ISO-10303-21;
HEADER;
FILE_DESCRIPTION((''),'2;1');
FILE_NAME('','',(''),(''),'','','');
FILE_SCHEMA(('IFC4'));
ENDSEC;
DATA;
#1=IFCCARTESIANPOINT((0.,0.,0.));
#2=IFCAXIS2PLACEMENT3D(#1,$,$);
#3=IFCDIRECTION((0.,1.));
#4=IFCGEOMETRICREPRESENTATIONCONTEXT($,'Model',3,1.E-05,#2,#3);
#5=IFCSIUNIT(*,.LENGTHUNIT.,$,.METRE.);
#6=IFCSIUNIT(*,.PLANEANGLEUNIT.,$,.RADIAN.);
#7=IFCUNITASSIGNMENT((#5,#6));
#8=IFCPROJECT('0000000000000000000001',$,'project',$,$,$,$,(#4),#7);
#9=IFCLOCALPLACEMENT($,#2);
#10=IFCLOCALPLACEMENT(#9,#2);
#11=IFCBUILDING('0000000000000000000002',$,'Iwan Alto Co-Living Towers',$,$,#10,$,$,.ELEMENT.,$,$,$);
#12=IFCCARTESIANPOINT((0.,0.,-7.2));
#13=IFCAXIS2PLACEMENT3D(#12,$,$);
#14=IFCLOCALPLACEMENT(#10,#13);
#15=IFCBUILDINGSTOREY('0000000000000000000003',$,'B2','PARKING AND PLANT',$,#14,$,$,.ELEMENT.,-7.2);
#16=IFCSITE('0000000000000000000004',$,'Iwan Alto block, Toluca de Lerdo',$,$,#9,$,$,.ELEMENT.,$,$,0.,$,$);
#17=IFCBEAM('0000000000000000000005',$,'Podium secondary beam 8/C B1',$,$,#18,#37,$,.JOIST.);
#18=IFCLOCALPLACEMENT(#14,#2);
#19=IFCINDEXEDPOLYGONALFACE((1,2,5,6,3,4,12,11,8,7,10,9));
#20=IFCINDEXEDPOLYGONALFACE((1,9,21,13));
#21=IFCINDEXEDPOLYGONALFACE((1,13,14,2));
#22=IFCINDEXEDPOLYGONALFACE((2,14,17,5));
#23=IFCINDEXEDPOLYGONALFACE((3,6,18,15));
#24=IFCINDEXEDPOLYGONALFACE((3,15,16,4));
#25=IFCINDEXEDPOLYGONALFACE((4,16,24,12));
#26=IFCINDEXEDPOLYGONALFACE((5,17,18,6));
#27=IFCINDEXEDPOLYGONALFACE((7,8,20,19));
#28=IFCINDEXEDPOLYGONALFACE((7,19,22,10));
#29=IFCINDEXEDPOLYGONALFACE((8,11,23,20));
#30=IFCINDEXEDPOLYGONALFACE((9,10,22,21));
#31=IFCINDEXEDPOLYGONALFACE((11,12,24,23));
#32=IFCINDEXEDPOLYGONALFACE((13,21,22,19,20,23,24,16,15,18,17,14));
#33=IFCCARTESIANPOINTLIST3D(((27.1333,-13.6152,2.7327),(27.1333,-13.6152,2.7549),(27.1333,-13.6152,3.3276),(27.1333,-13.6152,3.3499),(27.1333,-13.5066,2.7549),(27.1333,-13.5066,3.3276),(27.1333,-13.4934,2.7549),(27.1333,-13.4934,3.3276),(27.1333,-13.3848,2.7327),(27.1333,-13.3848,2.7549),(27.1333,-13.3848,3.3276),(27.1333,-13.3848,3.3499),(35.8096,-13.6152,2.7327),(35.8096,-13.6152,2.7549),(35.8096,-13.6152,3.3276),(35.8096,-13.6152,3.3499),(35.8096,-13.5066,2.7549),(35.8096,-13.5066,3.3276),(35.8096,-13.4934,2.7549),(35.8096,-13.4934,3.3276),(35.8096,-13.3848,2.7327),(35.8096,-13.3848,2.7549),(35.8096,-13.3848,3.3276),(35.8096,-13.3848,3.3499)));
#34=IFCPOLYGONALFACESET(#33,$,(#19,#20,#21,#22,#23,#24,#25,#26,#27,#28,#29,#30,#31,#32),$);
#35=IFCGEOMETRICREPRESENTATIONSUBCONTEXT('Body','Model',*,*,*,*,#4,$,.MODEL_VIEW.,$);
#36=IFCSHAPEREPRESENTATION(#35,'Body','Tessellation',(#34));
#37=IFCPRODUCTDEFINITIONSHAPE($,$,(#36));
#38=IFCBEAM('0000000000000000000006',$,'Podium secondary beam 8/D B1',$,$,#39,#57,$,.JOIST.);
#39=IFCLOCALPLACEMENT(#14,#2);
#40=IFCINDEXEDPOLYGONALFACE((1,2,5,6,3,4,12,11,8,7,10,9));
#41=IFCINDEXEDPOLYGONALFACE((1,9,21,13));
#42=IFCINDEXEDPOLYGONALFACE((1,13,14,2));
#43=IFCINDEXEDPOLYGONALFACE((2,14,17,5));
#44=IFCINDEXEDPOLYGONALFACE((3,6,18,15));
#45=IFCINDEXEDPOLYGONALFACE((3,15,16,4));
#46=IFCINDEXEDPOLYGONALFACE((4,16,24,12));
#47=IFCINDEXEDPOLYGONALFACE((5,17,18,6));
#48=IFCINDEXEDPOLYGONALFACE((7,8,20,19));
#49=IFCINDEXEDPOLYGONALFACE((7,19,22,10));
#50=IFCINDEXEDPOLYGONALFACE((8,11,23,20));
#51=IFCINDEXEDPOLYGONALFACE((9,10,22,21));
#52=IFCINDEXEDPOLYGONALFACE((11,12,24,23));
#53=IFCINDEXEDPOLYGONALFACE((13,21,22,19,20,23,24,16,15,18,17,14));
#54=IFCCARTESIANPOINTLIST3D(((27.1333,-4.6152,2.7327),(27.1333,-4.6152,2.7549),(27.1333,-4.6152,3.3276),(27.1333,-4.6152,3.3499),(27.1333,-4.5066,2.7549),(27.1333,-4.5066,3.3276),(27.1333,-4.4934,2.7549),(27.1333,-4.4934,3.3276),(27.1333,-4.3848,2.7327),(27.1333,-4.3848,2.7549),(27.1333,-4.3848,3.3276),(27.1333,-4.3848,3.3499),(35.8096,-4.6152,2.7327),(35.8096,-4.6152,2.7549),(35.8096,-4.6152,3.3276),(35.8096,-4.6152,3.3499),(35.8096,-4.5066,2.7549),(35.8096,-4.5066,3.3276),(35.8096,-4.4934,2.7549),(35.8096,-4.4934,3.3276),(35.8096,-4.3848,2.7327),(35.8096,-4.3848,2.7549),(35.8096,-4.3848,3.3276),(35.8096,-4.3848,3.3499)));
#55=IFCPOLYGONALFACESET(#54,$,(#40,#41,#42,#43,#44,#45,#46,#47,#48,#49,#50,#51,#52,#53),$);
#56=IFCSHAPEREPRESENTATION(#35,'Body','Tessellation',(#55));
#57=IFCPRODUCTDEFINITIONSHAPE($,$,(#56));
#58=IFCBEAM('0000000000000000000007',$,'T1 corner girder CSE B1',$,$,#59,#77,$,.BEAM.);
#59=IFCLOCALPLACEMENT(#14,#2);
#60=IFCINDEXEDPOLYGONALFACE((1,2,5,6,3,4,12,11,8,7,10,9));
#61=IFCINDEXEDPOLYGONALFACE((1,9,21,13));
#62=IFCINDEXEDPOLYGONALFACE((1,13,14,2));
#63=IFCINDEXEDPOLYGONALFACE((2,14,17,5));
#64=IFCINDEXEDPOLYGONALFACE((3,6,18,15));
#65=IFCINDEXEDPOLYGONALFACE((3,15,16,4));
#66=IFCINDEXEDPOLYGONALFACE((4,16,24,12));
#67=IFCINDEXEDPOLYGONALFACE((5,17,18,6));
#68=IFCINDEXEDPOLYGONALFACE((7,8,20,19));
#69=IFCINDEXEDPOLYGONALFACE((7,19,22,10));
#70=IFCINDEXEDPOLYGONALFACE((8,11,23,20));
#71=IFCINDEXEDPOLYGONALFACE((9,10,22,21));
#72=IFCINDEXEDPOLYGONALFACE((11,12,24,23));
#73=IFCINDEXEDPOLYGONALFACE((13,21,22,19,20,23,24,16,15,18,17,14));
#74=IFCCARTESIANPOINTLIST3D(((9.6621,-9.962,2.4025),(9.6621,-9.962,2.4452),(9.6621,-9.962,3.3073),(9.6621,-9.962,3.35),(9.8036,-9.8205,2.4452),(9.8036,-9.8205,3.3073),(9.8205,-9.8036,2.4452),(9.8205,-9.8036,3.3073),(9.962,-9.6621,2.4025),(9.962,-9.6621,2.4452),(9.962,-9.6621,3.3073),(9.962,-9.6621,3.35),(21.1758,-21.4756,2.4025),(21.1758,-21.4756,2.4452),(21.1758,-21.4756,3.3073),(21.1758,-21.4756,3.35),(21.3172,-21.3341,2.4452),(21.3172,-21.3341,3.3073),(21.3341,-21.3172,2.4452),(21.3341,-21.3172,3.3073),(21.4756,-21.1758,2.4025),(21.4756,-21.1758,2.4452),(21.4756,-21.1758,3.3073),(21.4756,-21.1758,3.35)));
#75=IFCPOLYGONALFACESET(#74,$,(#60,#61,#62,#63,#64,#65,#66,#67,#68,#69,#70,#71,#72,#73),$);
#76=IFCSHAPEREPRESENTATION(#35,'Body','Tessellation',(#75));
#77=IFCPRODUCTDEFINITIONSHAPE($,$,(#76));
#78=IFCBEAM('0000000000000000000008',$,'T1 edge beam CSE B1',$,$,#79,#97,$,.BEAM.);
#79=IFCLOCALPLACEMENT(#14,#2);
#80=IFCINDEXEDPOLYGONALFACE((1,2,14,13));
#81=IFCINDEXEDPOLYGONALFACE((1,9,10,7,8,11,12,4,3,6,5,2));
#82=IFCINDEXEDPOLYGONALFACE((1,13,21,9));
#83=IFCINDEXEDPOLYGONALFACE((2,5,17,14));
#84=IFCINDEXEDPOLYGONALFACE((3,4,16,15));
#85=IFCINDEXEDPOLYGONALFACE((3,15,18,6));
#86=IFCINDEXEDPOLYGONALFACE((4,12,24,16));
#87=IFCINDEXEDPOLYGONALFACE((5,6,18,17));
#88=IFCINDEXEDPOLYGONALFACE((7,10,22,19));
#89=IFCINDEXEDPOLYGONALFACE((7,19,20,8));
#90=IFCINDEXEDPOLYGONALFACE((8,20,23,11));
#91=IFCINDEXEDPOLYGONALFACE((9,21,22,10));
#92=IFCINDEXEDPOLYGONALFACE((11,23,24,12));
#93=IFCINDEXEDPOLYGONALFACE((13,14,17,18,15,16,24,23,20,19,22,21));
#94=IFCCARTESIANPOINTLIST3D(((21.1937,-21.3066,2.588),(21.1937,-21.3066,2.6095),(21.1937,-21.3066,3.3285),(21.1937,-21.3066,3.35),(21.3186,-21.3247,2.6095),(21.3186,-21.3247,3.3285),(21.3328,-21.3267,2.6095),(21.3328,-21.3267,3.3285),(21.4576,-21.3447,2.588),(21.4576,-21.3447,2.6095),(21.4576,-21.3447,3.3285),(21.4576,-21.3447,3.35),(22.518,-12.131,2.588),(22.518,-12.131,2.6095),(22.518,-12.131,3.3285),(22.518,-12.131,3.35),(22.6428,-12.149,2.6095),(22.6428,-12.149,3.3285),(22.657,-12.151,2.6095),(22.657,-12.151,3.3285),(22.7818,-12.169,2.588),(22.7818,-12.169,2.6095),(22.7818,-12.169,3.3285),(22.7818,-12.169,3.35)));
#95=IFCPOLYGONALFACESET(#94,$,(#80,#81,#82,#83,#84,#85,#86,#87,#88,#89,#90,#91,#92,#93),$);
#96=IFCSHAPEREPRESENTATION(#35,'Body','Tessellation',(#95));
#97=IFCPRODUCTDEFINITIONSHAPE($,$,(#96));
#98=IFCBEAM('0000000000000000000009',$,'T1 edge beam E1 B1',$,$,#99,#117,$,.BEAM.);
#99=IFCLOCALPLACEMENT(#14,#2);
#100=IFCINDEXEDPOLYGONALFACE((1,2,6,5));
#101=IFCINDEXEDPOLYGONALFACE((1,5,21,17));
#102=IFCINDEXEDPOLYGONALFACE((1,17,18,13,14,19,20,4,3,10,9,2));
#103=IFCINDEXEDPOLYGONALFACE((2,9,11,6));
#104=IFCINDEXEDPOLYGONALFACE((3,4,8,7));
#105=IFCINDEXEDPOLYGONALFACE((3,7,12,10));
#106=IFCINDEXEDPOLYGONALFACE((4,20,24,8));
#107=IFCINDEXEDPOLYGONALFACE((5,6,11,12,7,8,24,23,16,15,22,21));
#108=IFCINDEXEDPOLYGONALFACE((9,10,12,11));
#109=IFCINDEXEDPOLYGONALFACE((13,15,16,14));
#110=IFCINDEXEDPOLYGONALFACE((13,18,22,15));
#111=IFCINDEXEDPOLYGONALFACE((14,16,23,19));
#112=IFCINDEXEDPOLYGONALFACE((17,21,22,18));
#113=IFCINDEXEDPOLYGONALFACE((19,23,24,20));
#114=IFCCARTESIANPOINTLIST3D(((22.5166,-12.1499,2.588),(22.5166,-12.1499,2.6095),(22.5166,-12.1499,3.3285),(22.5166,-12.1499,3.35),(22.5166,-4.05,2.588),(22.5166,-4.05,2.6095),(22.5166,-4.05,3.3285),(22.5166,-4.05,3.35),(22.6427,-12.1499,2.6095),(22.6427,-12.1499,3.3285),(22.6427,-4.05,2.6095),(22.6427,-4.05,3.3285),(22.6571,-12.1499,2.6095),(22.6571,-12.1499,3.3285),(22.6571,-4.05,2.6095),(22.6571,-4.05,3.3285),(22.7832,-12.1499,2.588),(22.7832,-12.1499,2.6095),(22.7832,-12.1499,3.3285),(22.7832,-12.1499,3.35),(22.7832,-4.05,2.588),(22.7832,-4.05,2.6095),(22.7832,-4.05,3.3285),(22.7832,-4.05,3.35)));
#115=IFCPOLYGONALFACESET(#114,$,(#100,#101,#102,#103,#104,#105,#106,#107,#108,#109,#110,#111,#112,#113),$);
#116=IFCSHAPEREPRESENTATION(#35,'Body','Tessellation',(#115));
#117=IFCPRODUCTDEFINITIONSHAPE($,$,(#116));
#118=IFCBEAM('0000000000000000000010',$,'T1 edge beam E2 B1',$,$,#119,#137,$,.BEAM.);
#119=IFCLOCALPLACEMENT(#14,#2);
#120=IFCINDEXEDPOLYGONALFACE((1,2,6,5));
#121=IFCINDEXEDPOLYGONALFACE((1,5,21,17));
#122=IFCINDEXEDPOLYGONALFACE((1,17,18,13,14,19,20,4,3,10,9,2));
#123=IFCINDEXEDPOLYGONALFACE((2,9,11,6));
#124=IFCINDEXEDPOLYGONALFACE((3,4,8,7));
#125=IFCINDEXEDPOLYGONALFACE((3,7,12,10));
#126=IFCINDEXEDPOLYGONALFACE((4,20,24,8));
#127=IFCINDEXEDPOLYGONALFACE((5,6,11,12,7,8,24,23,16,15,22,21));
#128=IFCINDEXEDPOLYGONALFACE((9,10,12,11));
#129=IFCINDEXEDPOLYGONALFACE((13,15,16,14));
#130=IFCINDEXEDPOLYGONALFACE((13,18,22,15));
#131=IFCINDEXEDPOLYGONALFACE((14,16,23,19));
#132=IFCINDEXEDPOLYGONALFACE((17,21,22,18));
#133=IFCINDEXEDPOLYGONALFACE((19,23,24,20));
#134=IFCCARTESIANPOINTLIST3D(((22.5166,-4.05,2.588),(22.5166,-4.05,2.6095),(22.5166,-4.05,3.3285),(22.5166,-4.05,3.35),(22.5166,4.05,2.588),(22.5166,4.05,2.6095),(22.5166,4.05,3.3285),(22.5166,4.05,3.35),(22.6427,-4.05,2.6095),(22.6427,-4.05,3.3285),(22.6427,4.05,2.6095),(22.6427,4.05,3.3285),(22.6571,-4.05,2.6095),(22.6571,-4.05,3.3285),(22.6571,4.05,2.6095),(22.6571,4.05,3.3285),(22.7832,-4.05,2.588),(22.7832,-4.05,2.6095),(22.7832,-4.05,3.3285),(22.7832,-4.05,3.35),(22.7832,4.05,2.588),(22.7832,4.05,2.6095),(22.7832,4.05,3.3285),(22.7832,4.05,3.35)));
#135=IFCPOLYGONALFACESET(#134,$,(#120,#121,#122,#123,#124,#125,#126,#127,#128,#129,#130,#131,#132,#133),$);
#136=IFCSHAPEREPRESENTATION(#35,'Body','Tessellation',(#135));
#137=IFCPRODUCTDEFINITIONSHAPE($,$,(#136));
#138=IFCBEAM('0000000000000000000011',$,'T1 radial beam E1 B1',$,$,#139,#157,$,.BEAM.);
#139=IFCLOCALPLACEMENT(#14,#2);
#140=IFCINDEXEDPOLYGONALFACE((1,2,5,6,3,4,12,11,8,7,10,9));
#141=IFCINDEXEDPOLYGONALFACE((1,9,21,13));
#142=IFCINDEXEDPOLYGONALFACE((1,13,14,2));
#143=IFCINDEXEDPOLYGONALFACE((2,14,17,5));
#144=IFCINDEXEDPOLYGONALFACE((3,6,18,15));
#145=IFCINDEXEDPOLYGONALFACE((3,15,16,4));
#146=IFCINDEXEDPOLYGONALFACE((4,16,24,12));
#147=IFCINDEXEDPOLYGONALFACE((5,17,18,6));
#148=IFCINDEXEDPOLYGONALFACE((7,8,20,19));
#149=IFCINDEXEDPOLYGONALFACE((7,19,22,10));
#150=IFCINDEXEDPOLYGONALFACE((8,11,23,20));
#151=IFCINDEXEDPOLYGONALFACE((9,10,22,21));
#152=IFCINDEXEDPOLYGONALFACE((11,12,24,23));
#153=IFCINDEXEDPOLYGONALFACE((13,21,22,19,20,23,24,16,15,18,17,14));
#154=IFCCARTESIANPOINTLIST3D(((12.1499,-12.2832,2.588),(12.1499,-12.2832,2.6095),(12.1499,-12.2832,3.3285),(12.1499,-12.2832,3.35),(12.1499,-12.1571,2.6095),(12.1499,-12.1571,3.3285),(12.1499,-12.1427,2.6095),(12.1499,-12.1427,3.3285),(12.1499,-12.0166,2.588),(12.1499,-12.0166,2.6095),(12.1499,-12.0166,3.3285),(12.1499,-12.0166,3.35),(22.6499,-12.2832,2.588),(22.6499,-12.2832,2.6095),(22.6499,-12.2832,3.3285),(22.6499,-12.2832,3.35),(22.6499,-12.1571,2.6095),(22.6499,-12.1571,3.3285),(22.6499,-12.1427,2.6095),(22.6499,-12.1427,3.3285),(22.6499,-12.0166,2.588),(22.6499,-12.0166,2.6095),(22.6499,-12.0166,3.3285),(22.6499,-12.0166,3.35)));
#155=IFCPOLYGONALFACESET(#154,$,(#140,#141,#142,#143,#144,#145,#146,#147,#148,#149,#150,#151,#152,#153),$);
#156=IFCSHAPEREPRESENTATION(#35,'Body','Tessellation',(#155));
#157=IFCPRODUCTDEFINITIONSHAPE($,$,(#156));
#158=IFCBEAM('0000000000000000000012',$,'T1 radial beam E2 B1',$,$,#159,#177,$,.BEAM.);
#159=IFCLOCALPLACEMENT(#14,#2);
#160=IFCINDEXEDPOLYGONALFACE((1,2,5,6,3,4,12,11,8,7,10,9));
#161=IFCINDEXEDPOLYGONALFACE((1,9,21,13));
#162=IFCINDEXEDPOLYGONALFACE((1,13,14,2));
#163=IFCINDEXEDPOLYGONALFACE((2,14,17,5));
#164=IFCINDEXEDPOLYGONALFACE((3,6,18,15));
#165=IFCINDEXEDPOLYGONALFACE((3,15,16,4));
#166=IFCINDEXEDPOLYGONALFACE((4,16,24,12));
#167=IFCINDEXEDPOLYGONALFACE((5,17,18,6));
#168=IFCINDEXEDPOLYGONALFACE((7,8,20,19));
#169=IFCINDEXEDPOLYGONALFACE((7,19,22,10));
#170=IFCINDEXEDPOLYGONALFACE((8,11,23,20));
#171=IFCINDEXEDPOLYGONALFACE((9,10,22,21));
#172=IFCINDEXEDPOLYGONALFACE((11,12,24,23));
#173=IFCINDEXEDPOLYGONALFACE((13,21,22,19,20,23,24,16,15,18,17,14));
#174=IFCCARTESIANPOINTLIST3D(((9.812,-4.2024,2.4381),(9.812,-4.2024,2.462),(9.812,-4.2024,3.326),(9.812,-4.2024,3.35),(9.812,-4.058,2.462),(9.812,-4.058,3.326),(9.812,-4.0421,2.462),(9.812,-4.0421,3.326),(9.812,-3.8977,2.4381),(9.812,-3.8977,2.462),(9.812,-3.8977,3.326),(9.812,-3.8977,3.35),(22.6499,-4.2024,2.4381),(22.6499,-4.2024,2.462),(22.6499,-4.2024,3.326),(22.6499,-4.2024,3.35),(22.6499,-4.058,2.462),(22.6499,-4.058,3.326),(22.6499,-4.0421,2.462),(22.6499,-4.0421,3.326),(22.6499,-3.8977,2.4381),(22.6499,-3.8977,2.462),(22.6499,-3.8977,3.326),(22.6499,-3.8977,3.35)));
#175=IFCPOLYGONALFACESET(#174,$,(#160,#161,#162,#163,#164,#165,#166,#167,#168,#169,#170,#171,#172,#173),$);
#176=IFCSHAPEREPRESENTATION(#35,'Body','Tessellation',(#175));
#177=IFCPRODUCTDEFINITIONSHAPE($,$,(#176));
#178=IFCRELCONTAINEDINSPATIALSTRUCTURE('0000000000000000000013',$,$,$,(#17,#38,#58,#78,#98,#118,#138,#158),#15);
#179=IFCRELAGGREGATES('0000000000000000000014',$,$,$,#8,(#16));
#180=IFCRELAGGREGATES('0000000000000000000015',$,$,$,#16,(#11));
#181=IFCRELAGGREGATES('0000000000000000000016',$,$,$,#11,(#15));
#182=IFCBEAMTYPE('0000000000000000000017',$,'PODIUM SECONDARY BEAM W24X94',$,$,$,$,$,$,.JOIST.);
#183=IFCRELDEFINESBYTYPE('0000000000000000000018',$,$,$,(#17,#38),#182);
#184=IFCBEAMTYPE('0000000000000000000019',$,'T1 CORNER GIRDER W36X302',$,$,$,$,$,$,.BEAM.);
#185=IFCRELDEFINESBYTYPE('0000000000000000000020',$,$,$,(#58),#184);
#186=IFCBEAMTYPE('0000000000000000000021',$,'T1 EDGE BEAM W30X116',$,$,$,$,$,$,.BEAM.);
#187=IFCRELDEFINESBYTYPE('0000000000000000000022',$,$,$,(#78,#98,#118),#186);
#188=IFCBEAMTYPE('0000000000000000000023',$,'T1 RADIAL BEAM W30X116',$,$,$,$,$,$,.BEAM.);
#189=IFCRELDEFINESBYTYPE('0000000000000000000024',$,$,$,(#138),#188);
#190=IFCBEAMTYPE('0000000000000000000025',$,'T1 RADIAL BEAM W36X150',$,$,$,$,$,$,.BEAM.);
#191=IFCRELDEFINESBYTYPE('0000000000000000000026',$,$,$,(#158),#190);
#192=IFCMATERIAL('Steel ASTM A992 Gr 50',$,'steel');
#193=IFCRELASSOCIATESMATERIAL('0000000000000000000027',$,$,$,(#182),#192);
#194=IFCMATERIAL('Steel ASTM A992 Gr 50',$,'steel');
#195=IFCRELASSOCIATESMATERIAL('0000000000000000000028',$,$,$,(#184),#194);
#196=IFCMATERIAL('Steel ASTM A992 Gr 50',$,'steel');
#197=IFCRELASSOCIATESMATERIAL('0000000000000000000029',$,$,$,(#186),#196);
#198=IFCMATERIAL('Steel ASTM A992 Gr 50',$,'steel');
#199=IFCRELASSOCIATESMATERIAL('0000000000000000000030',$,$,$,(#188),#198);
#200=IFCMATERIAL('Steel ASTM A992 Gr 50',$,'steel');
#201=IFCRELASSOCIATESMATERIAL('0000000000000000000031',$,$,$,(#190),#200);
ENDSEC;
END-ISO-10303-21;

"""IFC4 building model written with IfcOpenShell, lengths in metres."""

from ifc_helpers import new_model, si_unit, direction, frame, origin, origin_2d, place, context, subcontext, project, spatial, i_section, extrude, material, material_profile, profile_set, type_object, element, save


model = new_model("IFC4")

# Units and contexts
model_context = context("Model", 3, precision=1e-05, world=origin(), true_north=direction((0.0, 1.0)))
body_context = subcontext(model_context, "Body", "Model", "MODEL_VIEW")
ifc_project = project(units=[si_unit("LENGTHUNIT", "METRE"), si_unit("PLANEANGLEUNIT", "RADIAN")], contexts=[model_context])

# Site, building, storey
site_placement = place(None, origin())
site = spatial("IfcSite", under=ifc_project, at=site_placement, Name="Iwan Alto block, Toluca de Lerdo", CompositionType="ELEMENT", RefElevation=0.0)
building_placement = place(site_placement, origin())
building = spatial("IfcBuilding", under=site, at=building_placement, Name="Iwan Alto Co-Living Towers", CompositionType="ELEMENT")
storey_placement = place(building_placement, frame((0.0, 0.0, -7.2)))
storey = spatial("IfcBuildingStorey", under=building, at=storey_placement, Name="B2", Description="PARKING AND PLANT", CompositionType="ELEMENT", Elevation=-7.2)

# Beams
ifc_material_1 = material(Name="Steel ASTM A992 Gr 50", Category="steel")
ifc_material_profile_1 = material_profile(ifc_material_1, i_section(OverallWidth=0.2305, OverallDepth=0.6172, WebThickness=0.0132, FlangeThickness=0.0222, at=origin_2d()), Name="W24X94")
ifc_profile_set_1 = profile_set([ifc_material_profile_1], Name="Steel ASTM A992 Gr 50")
beam_type_1 = type_object("IfcBeamType", Name="PODIUM SECONDARY BEAM W24X94", PredefinedType="JOIST", material=ifc_profile_set_1)
for number, where, z_axis, x_axis, name in (
    (1, (27.1333, -13.5, 3.0413), (1.0, 0.0, 0.0), (0.0, 1.0, 0.0), "Podium secondary beam 8/C B1"),
    (2, (27.1333, -4.5, 3.0413), (1.0, 0.0, 0.0), (0.0, 1.0, 0.0), "Podium secondary beam 8/D B1"),
):
    element("IfcBeam", number, at=place(storey_placement, frame(where, z_axis=z_axis, x_axis=x_axis)), inside=storey, type_object=beam_type_1, Name=name, PredefinedType="JOIST", context=body_context, shape_type="SweptSolid", body=[
        extrude(i_section(OverallWidth=0.2305, OverallDepth=0.6172, WebThickness=0.0132, FlangeThickness=0.0222, at=origin_2d()), origin(), (0.0, 0.0, 1.0), 8.6763),
    ])
ifc_material_2 = material(Name="Steel ASTM A992 Gr 50", Category="steel")
ifc_material_profile_2 = material_profile(ifc_material_2, i_section(OverallWidth=0.4241, OverallDepth=0.9475, WebThickness=0.0239, FlangeThickness=0.0427, at=origin_2d()), Name="W36X302")
ifc_profile_set_2 = profile_set([ifc_material_profile_2], Name="Steel ASTM A992 Gr 50")
beam_type_2 = type_object("IfcBeamType", Name="T1 CORNER GIRDER W36X302", PredefinedType="BEAM", material=ifc_profile_set_2)
beam_1_placement = place(storey_placement, frame((21.3257, -21.3257, 2.8762), z_axis=(-0.707107, 0.707107, 0.0), x_axis=(-0.707107, -0.707107, 0.0)))
element("IfcBeam", 3, at=beam_1_placement, inside=storey, type_object=beam_type_2, Name="T1 corner girder CSE B1", PredefinedType="BEAM", context=body_context, shape_type="SweptSolid", body=[
    extrude(i_section(OverallWidth=0.4241, OverallDepth=0.9475, WebThickness=0.0239, FlangeThickness=0.0427, at=origin_2d()), origin(), (0.0, 0.0, 1.0), 16.2827),
])
ifc_material_3 = material(Name="Steel ASTM A992 Gr 50", Category="steel")
ifc_material_profile_3 = material_profile(ifc_material_3, i_section(OverallWidth=0.2666, OverallDepth=0.762, WebThickness=0.0144, FlangeThickness=0.0215, at=origin_2d()), Name="W30X116")
ifc_profile_set_3 = profile_set([ifc_material_profile_3], Name="Steel ASTM A992 Gr 50")
beam_type_3 = type_object("IfcBeamType", Name="T1 EDGE BEAM W30X116", PredefinedType="BEAM", material=ifc_profile_set_3)
beam_2_placement = place(storey_placement, frame((21.3257, -21.3257, 2.969), z_axis=(0.142837, 0.989746, 0.0), x_axis=(-0.989746, 0.142837, 0.0)))
element("IfcBeam", 4, at=beam_2_placement, inside=storey, type_object=beam_type_3, Name="T1 edge beam CSE B1", PredefinedType="BEAM", context=body_context, shape_type="SweptSolid", body=[
    extrude(i_section(OverallWidth=0.2666, OverallDepth=0.762, WebThickness=0.0144, FlangeThickness=0.0215, at=origin_2d()), origin(), (0.0, 0.0, 1.0), 9.2708),
])
beam_3_placement = place(storey_placement, frame((22.6499, -12.1499, 2.969), z_axis=(0.0, 1.0, 0.0), x_axis=(-1.0, 0.0, 0.0)))
element("IfcBeam", 5, at=beam_3_placement, inside=storey, type_object=beam_type_3, Name="T1 edge beam E1 B1", PredefinedType="BEAM", context=body_context, shape_type="SweptSolid", body=[
    extrude(i_section(OverallWidth=0.2666, OverallDepth=0.762, WebThickness=0.0144, FlangeThickness=0.0215, at=origin_2d()), origin(), (0.0, 0.0, 1.0), 8.0999),
])
beam_4_placement = place(storey_placement, frame((22.6499, -4.05, 2.969), z_axis=(0.0, 1.0, 0.0), x_axis=(-1.0, 0.0, 0.0)))
element("IfcBeam", 6, at=beam_4_placement, inside=storey, type_object=beam_type_3, Name="T1 edge beam E2 B1", PredefinedType="BEAM", context=body_context, shape_type="SweptSolid", body=[
    extrude(i_section(OverallWidth=0.2666, OverallDepth=0.762, WebThickness=0.0144, FlangeThickness=0.0215, at=origin_2d()), origin(), (0.0, 0.0, 1.0), 8.1001),
])
ifc_material_4 = material(Name="Steel ASTM A992 Gr 50", Category="steel")
ifc_material_profile_4 = material_profile(ifc_material_4, i_section(OverallWidth=0.2666, OverallDepth=0.762, WebThickness=0.0144, FlangeThickness=0.0215, at=origin_2d()), Name="W30X116")
ifc_profile_set_4 = profile_set([ifc_material_profile_4], Name="Steel ASTM A992 Gr 50")
beam_type_4 = type_object("IfcBeamType", Name="T1 RADIAL BEAM W30X116", PredefinedType="BEAM", material=ifc_profile_set_4)
beam_5_placement = place(storey_placement, frame((22.6499, -12.1499, 2.969), z_axis=(-1.0, 0.0, 0.0), x_axis=(0.0, -1.0, 0.0)))
element("IfcBeam", 7, at=beam_5_placement, inside=storey, type_object=beam_type_4, Name="T1 radial beam E1 B1", PredefinedType="BEAM", context=body_context, shape_type="SweptSolid", body=[
    extrude(i_section(OverallWidth=0.2666, OverallDepth=0.762, WebThickness=0.0144, FlangeThickness=0.0215, at=origin_2d()), origin(), (0.0, 0.0, 1.0), 10.5),
])
ifc_material_5 = material(Name="Steel ASTM A992 Gr 50", Category="steel")
ifc_material_profile_5 = material_profile(ifc_material_5, i_section(OverallWidth=0.3047, OverallDepth=0.9119, WebThickness=0.0159, FlangeThickness=0.0239, at=origin_2d()), Name="W36X150")
ifc_profile_set_5 = profile_set([ifc_material_profile_5], Name="Steel ASTM A992 Gr 50")
beam_type_5 = type_object("IfcBeamType", Name="T1 RADIAL BEAM W36X150", PredefinedType="BEAM", material=ifc_profile_set_5)
beam_6_placement = place(storey_placement, frame((22.6499, -4.05, 2.894), z_axis=(-1.0, 0.0, 0.0), x_axis=(0.0, -1.0, 0.0)))
element("IfcBeam", 8, at=beam_6_placement, inside=storey, type_object=beam_type_5, Name="T1 radial beam E2 B1", PredefinedType="BEAM", context=body_context, shape_type="SweptSolid", body=[
    extrude(i_section(OverallWidth=0.3047, OverallDepth=0.9119, WebThickness=0.0159, FlangeThickness=0.0239, at=origin_2d()), origin(), (0.0, 0.0, 1.0), 12.8379),
])

save(model, "model.ifc")
